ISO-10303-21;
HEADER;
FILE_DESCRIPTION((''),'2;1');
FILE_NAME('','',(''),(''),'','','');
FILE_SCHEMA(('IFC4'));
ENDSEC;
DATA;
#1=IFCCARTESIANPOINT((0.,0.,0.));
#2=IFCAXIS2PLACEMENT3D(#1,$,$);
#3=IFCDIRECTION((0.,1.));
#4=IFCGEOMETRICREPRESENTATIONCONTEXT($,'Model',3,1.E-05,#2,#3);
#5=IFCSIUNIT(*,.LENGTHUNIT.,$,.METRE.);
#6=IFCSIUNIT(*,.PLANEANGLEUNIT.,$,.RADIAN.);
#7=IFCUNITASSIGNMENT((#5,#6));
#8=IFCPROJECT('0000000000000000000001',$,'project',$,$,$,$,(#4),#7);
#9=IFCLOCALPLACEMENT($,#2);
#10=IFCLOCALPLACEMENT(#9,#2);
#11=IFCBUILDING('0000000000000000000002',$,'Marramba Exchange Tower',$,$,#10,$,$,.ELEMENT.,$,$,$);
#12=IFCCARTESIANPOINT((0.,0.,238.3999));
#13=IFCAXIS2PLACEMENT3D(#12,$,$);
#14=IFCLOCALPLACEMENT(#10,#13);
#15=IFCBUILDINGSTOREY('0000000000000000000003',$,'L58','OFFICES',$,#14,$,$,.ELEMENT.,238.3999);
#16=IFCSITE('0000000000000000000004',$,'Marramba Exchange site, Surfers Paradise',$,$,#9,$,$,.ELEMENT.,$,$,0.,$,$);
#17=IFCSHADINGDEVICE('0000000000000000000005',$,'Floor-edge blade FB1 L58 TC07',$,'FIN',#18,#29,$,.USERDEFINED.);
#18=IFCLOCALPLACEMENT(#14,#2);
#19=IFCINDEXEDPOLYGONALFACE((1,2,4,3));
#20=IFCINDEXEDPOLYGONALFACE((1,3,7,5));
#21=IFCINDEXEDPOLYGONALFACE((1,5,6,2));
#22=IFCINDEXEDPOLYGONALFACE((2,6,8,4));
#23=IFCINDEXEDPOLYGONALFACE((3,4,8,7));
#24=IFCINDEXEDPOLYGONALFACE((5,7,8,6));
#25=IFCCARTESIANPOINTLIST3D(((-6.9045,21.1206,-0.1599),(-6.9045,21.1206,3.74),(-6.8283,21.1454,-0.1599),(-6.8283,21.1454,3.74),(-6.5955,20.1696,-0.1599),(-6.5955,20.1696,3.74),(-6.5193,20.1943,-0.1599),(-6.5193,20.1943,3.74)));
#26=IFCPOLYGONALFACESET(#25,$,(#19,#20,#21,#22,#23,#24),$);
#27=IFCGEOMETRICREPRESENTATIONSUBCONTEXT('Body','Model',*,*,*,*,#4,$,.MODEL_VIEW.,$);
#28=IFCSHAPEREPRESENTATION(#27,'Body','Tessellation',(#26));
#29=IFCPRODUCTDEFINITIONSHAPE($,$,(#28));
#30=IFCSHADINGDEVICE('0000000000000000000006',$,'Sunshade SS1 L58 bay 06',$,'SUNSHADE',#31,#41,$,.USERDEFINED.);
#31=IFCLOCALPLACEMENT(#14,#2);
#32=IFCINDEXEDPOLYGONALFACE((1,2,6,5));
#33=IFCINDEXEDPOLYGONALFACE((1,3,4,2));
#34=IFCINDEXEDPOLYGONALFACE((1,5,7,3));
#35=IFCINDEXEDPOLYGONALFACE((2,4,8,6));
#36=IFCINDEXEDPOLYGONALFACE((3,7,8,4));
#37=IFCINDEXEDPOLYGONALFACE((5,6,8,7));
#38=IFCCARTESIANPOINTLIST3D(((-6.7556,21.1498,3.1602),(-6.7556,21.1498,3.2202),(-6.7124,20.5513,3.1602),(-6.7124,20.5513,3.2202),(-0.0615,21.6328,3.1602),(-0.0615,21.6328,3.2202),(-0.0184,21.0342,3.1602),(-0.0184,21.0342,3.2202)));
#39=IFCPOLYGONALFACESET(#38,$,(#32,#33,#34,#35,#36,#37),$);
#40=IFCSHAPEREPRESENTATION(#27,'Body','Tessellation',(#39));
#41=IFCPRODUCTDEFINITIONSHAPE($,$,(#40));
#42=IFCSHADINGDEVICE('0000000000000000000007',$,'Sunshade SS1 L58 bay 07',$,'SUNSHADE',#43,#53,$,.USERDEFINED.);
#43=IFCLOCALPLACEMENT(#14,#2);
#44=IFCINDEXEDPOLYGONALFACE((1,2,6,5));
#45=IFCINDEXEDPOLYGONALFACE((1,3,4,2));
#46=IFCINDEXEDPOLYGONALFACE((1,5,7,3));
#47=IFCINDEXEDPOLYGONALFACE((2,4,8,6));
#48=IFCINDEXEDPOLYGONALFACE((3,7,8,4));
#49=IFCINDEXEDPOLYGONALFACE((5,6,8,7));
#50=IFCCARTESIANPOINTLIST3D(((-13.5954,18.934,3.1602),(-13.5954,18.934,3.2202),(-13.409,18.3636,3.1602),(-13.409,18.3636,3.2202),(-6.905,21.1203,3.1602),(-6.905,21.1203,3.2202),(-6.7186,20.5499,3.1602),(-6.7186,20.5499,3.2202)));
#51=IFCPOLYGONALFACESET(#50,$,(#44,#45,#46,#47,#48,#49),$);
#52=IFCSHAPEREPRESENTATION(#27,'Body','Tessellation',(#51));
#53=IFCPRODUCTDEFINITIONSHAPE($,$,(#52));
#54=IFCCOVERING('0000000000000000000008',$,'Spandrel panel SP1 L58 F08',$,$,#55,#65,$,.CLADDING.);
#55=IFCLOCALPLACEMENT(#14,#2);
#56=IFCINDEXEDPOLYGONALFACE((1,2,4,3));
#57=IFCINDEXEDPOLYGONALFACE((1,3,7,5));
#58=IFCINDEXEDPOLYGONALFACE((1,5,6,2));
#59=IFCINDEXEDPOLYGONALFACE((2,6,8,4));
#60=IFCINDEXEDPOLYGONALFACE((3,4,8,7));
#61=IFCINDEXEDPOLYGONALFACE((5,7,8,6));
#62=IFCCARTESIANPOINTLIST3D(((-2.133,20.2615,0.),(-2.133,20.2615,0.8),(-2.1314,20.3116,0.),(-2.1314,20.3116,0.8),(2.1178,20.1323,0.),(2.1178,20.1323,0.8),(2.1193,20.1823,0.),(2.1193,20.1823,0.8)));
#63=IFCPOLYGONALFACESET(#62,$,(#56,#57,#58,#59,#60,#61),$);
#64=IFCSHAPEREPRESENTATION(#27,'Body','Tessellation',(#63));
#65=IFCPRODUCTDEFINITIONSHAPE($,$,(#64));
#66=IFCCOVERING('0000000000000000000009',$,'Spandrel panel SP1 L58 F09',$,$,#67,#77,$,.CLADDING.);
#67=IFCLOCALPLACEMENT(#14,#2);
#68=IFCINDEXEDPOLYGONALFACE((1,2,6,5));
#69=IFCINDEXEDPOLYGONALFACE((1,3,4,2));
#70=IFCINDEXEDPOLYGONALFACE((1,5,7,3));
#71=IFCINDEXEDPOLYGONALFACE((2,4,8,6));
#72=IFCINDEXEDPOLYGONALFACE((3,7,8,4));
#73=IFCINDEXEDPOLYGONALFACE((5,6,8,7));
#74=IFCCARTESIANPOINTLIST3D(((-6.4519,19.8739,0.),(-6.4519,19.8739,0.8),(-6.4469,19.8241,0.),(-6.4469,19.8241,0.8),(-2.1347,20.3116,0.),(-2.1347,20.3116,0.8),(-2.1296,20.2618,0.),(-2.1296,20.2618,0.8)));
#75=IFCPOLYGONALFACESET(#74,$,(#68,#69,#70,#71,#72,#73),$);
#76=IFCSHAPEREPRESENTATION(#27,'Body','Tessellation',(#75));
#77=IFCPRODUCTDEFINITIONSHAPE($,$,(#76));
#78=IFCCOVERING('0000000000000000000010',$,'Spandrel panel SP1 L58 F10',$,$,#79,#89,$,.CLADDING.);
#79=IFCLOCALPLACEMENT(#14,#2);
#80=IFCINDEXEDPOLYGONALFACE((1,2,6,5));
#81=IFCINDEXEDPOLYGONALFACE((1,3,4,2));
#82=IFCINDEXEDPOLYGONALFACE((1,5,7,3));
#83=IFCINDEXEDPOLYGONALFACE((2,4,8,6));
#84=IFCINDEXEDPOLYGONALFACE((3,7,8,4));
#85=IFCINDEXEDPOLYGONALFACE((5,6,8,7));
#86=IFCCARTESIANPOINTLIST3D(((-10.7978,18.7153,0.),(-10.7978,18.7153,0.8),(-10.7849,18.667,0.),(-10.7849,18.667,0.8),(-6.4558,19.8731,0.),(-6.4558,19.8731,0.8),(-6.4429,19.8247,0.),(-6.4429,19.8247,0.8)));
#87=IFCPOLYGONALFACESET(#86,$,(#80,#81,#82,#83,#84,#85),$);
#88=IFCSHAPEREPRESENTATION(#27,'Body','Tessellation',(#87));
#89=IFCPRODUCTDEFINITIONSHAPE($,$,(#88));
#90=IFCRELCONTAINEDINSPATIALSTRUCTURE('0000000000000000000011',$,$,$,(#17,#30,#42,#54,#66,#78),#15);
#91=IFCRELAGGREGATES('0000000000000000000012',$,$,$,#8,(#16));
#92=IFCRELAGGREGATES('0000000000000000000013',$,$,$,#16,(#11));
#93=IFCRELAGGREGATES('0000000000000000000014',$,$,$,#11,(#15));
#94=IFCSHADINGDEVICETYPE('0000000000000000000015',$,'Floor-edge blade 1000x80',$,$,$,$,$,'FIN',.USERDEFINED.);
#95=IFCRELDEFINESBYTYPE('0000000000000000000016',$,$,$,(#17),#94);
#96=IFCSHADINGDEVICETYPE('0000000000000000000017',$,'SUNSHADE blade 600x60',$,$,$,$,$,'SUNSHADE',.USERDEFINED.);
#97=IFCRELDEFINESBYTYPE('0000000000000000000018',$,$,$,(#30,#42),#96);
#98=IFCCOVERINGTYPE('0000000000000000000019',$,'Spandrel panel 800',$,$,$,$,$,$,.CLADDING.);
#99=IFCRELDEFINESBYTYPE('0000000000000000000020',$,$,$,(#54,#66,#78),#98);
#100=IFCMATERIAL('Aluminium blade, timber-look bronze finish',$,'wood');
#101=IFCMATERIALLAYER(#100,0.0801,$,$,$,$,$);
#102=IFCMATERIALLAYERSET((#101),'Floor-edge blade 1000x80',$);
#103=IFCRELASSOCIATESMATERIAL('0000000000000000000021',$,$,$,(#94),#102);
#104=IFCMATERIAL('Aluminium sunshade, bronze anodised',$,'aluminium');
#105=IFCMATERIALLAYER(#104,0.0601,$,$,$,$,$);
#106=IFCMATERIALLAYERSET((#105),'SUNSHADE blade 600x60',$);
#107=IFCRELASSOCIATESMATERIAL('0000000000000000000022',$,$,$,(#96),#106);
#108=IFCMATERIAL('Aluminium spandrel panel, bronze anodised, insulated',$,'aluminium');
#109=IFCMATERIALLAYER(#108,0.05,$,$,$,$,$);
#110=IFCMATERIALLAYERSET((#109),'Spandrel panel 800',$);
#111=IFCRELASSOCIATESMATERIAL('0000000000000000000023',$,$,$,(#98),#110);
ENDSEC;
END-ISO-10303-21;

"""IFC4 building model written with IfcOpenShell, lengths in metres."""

from ifc_helpers import new_model, si_unit, direction, frame, origin, origin_2d, place, context, subcontext, project, spatial, rectangle, extrude, material, layer, layer_set, type_object, element, save


model = new_model("IFC4")

# Units and contexts
model_context = context("Model", 3, precision=1e-05, world=origin(), true_north=direction((0.0, 1.0)))
body_context = subcontext(model_context, "Body", "Model", "MODEL_VIEW")
ifc_project = project(units=[si_unit("LENGTHUNIT", "METRE"), si_unit("PLANEANGLEUNIT", "RADIAN")], contexts=[model_context])

# Site, building, storey
site_placement = place(None, origin())
site = spatial("IfcSite", under=ifc_project, at=site_placement, Name="Marramba Exchange site, Surfers Paradise", CompositionType="ELEMENT", RefElevation=0.0)
building_placement = place(site_placement, origin())
building = spatial("IfcBuilding", under=site, at=building_placement, Name="Marramba Exchange Tower", CompositionType="ELEMENT")
storey_placement = place(building_placement, frame((0.0, 0.0, 238.3999)))
storey = spatial("IfcBuildingStorey", under=building, at=storey_placement, Name="L58", Description="OFFICES", CompositionType="ELEMENT", Elevation=238.3999)

# Shading devices
ifc_material_1 = material(Name="Aluminium blade, timber-look bronze finish", Category="wood")
ifc_layer_1 = layer(ifc_material_1, 0.0801)
ifc_layer_set_1 = layer_set([ifc_layer_1], Name="Floor-edge blade 1000x80")
shading_device_type_1 = type_object("IfcShadingDeviceType", Name="Floor-edge blade 1000x80", ElementType="FIN", PredefinedType="USERDEFINED", material=ifc_layer_set_1)
shading_device_1_placement = place(storey_placement, frame((-6.7119, 20.6575, -0.1599), z_axis=(0.0, 0.0, 1.0), x_axis=(-0.309017, 0.951057, 0.0)))
element("IfcShadingDevice", 1, at=shading_device_1_placement, inside=storey, type_object=shading_device_type_1, Name="Floor-edge blade FB1 L58 TC07", ObjectType="FIN", PredefinedType="USERDEFINED", context=body_context, shape_type="SweptSolid", body=[
    extrude(rectangle(XDim=1.0, YDim=0.0801, at=origin_2d()), origin(), (0.0, 0.0, 1.0), 3.8999),
])
ifc_material_2 = material(Name="Aluminium sunshade, bronze anodised", Category="aluminium")
ifc_layer_2 = layer(ifc_material_2, 0.0601)
ifc_layer_set_2 = layer_set([ifc_layer_2], Name="SUNSHADE blade 600x60")
shading_device_type_2 = type_object("IfcShadingDeviceType", Name="SUNSHADE blade 600x60", ElementType="SUNSHADE", PredefinedType="USERDEFINED", material=ifc_layer_set_2)
shading_device_2_placement = place(storey_placement, frame((-3.387, 21.092, 3.1602), z_axis=(0.0, 0.0, 1.0), x_axis=(-0.997408, -0.071958, 0.0)))
element("IfcShadingDevice", 2, at=shading_device_2_placement, inside=storey, type_object=shading_device_type_2, Name="Sunshade SS1 L58 bay 06", ObjectType="SUNSHADE", PredefinedType="USERDEFINED", context=body_context, shape_type="SweptSolid", body=[
    extrude(rectangle(XDim=6.7114, YDim=0.6001, at=origin_2d()), origin(), (0.0, 0.0, 1.0), 0.0601),
])
shading_device_3_placement = place(storey_placement, frame((-10.157, 19.7419, 3.1602), z_axis=(0.0, 0.0, 1.0), x_axis=(-0.950538, -0.31061, 0.0)))
element("IfcShadingDevice", 3, at=shading_device_3_placement, inside=storey, type_object=shading_device_type_2, Name="Sunshade SS1 L58 bay 07", ObjectType="SUNSHADE", PredefinedType="USERDEFINED", context=body_context, shape_type="SweptSolid", body=[
    extrude(rectangle(XDim=7.0386, YDim=0.6001, at=origin_2d()), origin(), (0.0, 0.0, 1.0), 0.0601),
])

# Coverings
ifc_material_3 = material(Name="Aluminium spandrel panel, bronze anodised, insulated", Category="aluminium")
ifc_layer_3 = layer(ifc_material_3, 0.05)
ifc_layer_set_3 = layer_set([ifc_layer_3], Name="Spandrel panel 800")
covering_type = type_object("IfcCoveringType", Name="Spandrel panel 800", PredefinedType="CLADDING", material=ifc_layer_set_3)
covering_1_placement = place(storey_placement, frame((-0.0068, 20.2219, 0.0), z_axis=(0.0, 0.0, 1.0), x_axis=(-0.999538, 0.030394, 0.0)))
element("IfcCovering", 4, at=covering_1_placement, inside=storey, type_object=covering_type, Name="Spandrel panel SP1 L58 F08", PredefinedType="CLADDING", context=body_context, shape_type="SweptSolid", body=[
    extrude(rectangle(XDim=4.2527, YDim=0.05, at=origin_2d()), origin(), (0.0, 0.0, 1.0), 0.8),
])
covering_2_placement = place(storey_placement, frame((-4.2908, 20.0679, 0.0), z_axis=(0.0, 0.0, 1.0), x_axis=(-0.9949, -0.100863, 0.0)))
element("IfcCovering", 5, at=covering_2_placement, inside=storey, type_object=covering_type, Name="Spandrel panel SP1 L58 F09", PredefinedType="CLADDING", context=body_context, shape_type="SweptSolid", body=[
    extrude(rectangle(XDim=4.3394, YDim=0.05, at=origin_2d()), origin(), (0.0, 0.0, 1.0), 0.8),
])
covering_3_placement = place(storey_placement, frame((-8.6204, 19.27, 0.0), z_axis=(0.0, 0.0, 1.0), x_axis=(-0.966241, -0.257641, 0.0)))
element("IfcCovering", 6, at=covering_3_placement, inside=storey, type_object=covering_type, Name="Spandrel panel SP1 L58 F10", PredefinedType="CLADDING", context=body_context, shape_type="SweptSolid", body=[
    extrude(rectangle(XDim=4.4937, YDim=0.05, at=origin_2d()), origin(), (0.0, 0.0, 1.0), 0.8),
])

save(model, "model.ifc")
